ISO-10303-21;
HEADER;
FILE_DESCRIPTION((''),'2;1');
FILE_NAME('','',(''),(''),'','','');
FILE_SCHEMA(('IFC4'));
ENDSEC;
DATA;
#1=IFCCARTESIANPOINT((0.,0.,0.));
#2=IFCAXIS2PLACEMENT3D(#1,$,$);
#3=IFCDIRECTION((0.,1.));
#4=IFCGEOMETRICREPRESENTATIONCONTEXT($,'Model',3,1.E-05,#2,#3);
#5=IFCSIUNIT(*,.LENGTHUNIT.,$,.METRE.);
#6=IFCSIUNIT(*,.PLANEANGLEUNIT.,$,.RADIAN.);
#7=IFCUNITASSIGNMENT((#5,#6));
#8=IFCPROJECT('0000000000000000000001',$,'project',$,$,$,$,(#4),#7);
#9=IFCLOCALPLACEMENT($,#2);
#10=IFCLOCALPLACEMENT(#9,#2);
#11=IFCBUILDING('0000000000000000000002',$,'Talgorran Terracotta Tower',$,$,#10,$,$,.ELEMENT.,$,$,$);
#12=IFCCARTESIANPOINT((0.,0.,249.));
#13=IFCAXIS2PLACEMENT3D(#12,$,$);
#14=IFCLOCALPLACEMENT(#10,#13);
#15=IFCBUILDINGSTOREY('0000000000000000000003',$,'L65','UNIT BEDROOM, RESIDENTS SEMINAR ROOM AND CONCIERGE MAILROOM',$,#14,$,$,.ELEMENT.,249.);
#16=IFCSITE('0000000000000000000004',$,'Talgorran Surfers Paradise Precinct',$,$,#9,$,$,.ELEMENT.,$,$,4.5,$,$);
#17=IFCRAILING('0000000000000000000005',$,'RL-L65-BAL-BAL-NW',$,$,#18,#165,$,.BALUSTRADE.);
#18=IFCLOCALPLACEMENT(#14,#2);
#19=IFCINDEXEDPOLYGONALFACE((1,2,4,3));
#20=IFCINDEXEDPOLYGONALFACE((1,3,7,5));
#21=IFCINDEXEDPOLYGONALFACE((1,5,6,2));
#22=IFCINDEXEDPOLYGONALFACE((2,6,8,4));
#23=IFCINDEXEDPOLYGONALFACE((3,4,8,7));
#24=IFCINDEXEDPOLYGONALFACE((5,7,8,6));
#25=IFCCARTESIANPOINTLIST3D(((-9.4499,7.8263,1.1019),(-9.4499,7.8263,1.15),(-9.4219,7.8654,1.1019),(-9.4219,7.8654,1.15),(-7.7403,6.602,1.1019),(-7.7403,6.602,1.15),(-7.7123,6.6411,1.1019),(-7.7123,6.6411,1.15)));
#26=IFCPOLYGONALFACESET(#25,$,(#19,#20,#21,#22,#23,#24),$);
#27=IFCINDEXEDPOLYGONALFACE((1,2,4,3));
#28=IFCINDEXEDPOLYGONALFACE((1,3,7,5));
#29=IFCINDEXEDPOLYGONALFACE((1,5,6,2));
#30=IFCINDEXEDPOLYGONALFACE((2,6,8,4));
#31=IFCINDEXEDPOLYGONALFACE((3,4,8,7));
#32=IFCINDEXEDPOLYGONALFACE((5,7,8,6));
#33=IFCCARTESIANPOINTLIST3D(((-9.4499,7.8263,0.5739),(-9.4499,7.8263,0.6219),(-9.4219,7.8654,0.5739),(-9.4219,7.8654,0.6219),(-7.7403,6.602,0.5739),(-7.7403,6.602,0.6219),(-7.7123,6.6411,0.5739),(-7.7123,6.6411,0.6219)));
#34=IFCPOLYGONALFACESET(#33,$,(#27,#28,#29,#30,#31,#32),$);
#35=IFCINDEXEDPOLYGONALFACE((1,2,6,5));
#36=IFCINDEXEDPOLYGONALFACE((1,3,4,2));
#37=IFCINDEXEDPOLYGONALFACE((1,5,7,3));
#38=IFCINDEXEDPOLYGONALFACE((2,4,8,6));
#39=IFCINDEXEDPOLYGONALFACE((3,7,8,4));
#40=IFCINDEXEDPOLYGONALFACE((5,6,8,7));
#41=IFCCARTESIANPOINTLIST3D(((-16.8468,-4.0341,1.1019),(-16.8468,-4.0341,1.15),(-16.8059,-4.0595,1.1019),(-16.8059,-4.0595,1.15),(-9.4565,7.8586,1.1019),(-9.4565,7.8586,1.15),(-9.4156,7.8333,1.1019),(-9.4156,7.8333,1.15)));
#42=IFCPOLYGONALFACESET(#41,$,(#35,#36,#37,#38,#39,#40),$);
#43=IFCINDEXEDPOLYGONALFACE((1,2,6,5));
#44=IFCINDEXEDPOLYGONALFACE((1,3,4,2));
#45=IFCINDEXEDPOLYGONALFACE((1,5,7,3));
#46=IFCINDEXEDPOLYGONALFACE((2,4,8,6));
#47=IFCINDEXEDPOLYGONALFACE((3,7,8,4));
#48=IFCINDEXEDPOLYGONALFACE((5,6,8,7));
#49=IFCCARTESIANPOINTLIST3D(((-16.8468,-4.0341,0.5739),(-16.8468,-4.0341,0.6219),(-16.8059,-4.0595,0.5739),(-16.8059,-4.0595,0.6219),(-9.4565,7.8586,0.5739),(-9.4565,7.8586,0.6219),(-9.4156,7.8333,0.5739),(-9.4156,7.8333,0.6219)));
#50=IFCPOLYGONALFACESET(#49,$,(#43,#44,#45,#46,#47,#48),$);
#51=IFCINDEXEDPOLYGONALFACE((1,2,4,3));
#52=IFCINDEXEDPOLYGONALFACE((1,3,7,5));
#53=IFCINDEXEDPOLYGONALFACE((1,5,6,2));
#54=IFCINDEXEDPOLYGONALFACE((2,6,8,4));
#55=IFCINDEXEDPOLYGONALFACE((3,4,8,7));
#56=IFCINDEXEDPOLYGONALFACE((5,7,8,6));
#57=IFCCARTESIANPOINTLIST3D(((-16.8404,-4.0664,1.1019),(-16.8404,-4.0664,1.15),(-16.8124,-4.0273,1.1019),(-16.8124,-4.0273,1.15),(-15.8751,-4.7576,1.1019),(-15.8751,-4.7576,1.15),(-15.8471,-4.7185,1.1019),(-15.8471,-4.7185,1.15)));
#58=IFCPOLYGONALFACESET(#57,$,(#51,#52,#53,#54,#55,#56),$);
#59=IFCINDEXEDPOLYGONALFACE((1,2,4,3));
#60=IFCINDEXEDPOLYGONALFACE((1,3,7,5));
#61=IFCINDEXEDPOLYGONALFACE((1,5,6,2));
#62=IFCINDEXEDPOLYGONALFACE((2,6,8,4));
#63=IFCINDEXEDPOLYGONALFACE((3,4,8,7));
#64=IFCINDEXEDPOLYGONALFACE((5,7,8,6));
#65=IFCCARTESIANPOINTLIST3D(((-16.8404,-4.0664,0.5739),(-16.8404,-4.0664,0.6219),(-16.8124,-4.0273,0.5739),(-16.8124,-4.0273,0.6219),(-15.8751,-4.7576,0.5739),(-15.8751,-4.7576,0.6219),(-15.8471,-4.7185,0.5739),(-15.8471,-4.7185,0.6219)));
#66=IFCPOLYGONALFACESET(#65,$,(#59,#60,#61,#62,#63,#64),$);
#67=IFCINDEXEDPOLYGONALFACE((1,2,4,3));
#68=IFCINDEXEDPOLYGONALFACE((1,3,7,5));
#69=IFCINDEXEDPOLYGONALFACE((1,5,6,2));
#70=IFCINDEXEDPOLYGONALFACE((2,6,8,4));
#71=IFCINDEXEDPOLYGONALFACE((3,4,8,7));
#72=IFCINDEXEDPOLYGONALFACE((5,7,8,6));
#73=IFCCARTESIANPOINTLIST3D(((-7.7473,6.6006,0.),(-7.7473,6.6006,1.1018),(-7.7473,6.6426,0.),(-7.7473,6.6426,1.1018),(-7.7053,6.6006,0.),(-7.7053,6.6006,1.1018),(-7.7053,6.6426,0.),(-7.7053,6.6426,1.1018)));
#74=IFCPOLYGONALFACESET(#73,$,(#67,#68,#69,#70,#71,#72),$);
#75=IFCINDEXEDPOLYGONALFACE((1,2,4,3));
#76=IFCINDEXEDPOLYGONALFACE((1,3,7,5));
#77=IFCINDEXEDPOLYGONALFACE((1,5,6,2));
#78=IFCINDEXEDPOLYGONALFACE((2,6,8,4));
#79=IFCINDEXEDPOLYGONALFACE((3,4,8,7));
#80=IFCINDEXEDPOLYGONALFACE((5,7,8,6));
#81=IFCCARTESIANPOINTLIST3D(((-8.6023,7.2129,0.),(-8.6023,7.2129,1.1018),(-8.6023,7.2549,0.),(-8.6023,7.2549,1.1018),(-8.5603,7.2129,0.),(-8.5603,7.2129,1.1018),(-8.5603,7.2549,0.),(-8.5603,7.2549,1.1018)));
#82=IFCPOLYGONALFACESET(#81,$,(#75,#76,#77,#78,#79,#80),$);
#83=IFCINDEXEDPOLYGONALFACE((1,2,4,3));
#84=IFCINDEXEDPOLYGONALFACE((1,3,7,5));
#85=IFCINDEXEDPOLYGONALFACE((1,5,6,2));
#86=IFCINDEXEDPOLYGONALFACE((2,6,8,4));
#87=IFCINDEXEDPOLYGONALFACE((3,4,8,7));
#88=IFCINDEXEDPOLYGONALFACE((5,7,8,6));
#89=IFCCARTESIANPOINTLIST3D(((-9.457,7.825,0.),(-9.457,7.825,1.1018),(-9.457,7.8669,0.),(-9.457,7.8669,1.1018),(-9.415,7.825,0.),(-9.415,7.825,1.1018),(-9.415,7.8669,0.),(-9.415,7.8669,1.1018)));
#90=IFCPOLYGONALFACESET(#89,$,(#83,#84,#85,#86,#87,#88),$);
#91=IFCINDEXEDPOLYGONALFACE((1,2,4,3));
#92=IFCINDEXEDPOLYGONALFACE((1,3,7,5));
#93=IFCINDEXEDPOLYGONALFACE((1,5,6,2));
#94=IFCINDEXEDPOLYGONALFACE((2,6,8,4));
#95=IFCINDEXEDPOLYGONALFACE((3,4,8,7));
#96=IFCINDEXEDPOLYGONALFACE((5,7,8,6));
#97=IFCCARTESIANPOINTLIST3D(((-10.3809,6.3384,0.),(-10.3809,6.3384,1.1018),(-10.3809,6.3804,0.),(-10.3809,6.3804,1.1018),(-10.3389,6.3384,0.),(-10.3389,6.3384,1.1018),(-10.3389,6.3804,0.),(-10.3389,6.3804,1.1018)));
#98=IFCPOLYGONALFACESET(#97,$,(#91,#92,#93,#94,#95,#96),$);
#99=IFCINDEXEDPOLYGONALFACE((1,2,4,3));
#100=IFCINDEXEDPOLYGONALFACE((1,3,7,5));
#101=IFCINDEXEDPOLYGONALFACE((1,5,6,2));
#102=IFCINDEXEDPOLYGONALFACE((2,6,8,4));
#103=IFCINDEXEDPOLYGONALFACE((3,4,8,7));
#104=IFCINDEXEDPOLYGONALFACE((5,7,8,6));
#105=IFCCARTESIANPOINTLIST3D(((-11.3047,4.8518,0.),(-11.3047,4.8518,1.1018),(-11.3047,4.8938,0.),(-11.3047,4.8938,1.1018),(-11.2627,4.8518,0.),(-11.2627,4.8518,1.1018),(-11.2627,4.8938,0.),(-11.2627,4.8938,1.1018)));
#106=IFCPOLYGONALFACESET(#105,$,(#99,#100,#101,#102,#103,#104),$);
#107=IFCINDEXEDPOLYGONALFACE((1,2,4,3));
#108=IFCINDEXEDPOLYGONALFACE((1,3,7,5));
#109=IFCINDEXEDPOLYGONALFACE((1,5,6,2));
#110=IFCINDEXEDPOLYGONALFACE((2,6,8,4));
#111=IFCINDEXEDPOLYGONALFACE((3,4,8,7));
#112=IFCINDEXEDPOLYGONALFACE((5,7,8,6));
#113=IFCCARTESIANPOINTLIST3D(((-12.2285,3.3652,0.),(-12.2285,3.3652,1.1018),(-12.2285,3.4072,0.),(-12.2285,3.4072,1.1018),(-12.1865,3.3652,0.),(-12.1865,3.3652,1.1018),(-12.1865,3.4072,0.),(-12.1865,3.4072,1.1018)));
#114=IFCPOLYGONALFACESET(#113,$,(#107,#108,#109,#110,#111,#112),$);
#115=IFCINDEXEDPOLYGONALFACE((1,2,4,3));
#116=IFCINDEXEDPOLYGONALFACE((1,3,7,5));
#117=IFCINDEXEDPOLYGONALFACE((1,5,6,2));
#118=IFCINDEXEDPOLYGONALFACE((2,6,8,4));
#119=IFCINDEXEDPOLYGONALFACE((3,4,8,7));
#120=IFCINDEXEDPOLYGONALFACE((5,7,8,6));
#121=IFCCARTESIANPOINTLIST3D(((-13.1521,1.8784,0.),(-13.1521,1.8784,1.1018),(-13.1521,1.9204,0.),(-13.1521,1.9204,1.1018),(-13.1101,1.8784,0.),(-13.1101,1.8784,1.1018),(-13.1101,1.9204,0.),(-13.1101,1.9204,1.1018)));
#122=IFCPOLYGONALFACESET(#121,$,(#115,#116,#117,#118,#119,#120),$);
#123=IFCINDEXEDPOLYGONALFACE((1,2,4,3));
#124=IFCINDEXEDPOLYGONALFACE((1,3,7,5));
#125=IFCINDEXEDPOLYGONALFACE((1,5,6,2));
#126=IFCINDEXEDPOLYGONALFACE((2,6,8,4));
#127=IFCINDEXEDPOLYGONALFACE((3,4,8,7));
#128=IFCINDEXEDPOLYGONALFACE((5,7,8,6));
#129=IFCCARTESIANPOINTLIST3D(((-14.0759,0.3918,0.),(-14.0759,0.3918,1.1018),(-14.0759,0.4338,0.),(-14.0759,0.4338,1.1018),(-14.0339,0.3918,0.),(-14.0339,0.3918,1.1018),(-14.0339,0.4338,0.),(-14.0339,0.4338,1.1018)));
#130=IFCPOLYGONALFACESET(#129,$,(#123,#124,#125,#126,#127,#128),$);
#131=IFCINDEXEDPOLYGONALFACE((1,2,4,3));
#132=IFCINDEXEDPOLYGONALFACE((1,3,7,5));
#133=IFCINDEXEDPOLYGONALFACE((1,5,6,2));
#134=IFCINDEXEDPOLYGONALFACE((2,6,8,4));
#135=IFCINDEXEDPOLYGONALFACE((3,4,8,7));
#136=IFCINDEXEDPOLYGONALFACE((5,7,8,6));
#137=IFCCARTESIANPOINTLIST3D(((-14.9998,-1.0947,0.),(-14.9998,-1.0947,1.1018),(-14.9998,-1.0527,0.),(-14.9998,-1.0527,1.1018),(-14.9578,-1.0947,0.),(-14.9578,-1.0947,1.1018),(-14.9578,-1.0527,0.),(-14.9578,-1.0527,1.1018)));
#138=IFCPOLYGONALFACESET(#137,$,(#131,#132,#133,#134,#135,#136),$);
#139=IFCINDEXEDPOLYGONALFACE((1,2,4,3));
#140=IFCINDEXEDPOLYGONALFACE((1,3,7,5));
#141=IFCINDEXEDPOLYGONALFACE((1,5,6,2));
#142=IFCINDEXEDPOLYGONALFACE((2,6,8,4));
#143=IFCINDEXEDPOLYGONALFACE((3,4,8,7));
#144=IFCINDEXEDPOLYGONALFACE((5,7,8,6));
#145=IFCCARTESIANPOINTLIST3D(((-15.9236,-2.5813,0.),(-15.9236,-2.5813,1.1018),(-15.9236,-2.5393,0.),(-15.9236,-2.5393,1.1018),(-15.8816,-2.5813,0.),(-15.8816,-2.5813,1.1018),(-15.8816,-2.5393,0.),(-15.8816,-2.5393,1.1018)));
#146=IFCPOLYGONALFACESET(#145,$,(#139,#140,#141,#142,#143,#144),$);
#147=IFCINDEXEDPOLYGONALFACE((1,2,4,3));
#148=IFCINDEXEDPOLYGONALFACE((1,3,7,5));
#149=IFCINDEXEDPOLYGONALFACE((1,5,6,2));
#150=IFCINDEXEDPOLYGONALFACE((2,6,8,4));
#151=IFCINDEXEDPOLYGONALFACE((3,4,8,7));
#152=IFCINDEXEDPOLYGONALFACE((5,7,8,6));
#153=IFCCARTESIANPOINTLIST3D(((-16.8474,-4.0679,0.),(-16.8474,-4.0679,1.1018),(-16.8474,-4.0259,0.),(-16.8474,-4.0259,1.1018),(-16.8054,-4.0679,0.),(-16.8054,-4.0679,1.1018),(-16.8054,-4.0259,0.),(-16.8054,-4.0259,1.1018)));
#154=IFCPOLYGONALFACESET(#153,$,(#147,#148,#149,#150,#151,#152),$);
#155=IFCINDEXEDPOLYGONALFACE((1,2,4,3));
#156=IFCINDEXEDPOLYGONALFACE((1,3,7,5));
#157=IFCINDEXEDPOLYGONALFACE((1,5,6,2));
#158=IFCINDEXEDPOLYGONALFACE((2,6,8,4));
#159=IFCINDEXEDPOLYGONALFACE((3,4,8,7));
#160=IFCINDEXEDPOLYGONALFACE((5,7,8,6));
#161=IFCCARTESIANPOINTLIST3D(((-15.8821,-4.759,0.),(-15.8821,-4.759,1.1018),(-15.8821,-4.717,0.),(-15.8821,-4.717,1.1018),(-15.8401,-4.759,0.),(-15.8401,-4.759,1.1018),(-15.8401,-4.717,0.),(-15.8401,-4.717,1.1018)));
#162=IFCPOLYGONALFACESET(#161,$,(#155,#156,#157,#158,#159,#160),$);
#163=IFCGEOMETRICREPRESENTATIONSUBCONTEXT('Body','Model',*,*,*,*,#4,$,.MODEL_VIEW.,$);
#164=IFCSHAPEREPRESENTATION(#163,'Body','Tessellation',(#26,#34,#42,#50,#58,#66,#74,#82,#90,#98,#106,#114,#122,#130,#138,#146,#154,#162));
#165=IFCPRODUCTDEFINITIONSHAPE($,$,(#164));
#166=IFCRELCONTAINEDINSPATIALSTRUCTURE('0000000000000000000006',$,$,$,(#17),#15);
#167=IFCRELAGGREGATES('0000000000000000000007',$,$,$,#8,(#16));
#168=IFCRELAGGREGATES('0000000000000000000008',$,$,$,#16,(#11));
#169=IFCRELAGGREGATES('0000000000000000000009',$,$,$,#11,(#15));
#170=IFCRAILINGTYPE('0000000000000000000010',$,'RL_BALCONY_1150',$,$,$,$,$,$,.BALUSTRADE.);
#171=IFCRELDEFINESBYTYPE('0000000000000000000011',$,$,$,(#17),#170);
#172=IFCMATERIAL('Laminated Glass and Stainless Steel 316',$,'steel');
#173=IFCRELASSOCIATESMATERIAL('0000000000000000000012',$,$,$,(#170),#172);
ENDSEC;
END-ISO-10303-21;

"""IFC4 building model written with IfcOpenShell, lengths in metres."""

from ifc_helpers import new_model, si_unit, direction, frame, origin, origin_2d, place, context, subcontext, project, spatial, rectangle, extrude, material, type_object, element, save


model = new_model("IFC4")

# Units and contexts
model_context = context("Model", 3, precision=1e-05, world=origin(), true_north=direction((0.0, 1.0)))
body_context = subcontext(model_context, "Body", "Model", "MODEL_VIEW")
ifc_project = project(units=[si_unit("LENGTHUNIT", "METRE"), si_unit("PLANEANGLEUNIT", "RADIAN")], contexts=[model_context])

# Site, building, storey
site_placement = place(None, origin())
site = spatial("IfcSite", under=ifc_project, at=site_placement, Name="Talgorran Surfers Paradise Precinct", CompositionType="ELEMENT", RefElevation=4.5)
building_placement = place(site_placement, origin())
building = spatial("IfcBuilding", under=site, at=building_placement, Name="Talgorran Terracotta Tower", CompositionType="ELEMENT")
storey_placement = place(building_placement, frame((0.0, 0.0, 249.0)))
storey = spatial("IfcBuildingStorey", under=building, at=storey_placement, Name="L65", Description="UNIT BEDROOM, RESIDENTS SEMINAR ROOM AND CONCIERGE MAILROOM", CompositionType="ELEMENT", Elevation=249.0)

# Railing
ifc_material_1 = material(Name="Laminated Glass and Stainless Steel 316", Category="steel")
railing_type = type_object("IfcRailingType", Name="RL_BALCONY_1150", PredefinedType="BALUSTRADE", material=ifc_material_1)
railing_placement = place(storey_placement, frame((-7.7263, 6.6216, 0.0)))
element("IfcRailing", 1, at=railing_placement, inside=storey, type_object=railing_type, Name="RL-L65-BAL-BAL-NW", PredefinedType="BALUSTRADE", context=body_context, shape_type="SweptSolid", body=[
    extrude(rectangle(XDim=0.0481, YDim=0.0481, at=origin_2d()), frame((0.0, 0.0, 1.126), z_axis=(-0.813027, 0.582226, 0.0), x_axis=(-0.582226, -0.813027, 0.0)), (0.0, 0.0, 1.0), 2.1028),
    extrude(rectangle(XDim=0.0481, YDim=0.0481, at=origin_2d()), frame((0.0, 0.0, 0.5979), z_axis=(-0.813027, 0.582226, 0.0), x_axis=(-0.582226, -0.813027, 0.0)), (0.0, 0.0, 1.0), 2.1028),
    extrude(rectangle(XDim=0.0481, YDim=0.0481, at=origin_2d()), frame((-1.7097, 1.2244, 1.126), z_axis=(-0.527808, -0.849364, 0.0), x_axis=(0.849364, -0.527808, 0.0)), (0.0, 0.0, 1.0), 14.002),
    extrude(rectangle(XDim=0.0481, YDim=0.0481, at=origin_2d()), frame((-1.7097, 1.2244, 0.5979), z_axis=(-0.527808, -0.849364, 0.0), x_axis=(0.849364, -0.527808, 0.0)), (0.0, 0.0, 1.0), 14.002),
    extrude(rectangle(XDim=0.0481, YDim=0.0481, at=origin_2d()), frame((-9.1001, -10.6685, 1.126), z_axis=(0.81308, -0.582152, 0.0), x_axis=(0.582152, 0.81308, 0.0)), (0.0, 0.0, 1.0), 1.1873),
    extrude(rectangle(XDim=0.0481, YDim=0.0481, at=origin_2d()), frame((-9.1001, -10.6685, 0.5979), z_axis=(0.81308, -0.582152, 0.0), x_axis=(0.582152, 0.81308, 0.0)), (0.0, 0.0, 1.0), 1.1873),
    extrude(rectangle(XDim=0.042, YDim=0.042, at=origin_2d()), origin(), (0.0, 0.0, 1.0), 1.1018),
    extrude(rectangle(XDim=0.042, YDim=0.042, at=origin_2d()), frame((-0.855, 0.6123, 0.0)), (0.0, 0.0, 1.0), 1.1018),
    extrude(rectangle(XDim=0.042, YDim=0.042, at=origin_2d()), frame((-1.7097, 1.2244, 0.0)), (0.0, 0.0, 1.0), 1.1018),
    extrude(rectangle(XDim=0.042, YDim=0.042, at=origin_2d()), frame((-2.6335, -0.2622, 0.0)), (0.0, 0.0, 1.0), 1.1018),
    extrude(rectangle(XDim=0.042, YDim=0.042, at=origin_2d()), frame((-3.5574, -1.7488, 0.0)), (0.0, 0.0, 1.0), 1.1018),
    extrude(rectangle(XDim=0.042, YDim=0.042, at=origin_2d()), frame((-4.4812, -3.2354, 0.0)), (0.0, 0.0, 1.0), 1.1018),
    extrude(rectangle(XDim=0.042, YDim=0.042, at=origin_2d()), frame((-5.4048, -4.7222, 0.0)), (0.0, 0.0, 1.0), 1.1018),
    extrude(rectangle(XDim=0.042, YDim=0.042, at=origin_2d()), frame((-6.3286, -6.2087, 0.0)), (0.0, 0.0, 1.0), 1.1018),
    extrude(rectangle(XDim=0.042, YDim=0.042, at=origin_2d()), frame((-7.2524, -7.6953, 0.0)), (0.0, 0.0, 1.0), 1.1018),
    extrude(rectangle(XDim=0.042, YDim=0.042, at=origin_2d()), frame((-8.1763, -9.1819, 0.0)), (0.0, 0.0, 1.0), 1.1018),
    extrude(rectangle(XDim=0.042, YDim=0.042, at=origin_2d()), frame((-9.1001, -10.6685, 0.0)), (0.0, 0.0, 1.0), 1.1018),
    extrude(rectangle(XDim=0.042, YDim=0.042, at=origin_2d()), frame((-8.1348, -11.3596, 0.0)), (0.0, 0.0, 1.0), 1.1018),
])

save(model, "model.ifc")
